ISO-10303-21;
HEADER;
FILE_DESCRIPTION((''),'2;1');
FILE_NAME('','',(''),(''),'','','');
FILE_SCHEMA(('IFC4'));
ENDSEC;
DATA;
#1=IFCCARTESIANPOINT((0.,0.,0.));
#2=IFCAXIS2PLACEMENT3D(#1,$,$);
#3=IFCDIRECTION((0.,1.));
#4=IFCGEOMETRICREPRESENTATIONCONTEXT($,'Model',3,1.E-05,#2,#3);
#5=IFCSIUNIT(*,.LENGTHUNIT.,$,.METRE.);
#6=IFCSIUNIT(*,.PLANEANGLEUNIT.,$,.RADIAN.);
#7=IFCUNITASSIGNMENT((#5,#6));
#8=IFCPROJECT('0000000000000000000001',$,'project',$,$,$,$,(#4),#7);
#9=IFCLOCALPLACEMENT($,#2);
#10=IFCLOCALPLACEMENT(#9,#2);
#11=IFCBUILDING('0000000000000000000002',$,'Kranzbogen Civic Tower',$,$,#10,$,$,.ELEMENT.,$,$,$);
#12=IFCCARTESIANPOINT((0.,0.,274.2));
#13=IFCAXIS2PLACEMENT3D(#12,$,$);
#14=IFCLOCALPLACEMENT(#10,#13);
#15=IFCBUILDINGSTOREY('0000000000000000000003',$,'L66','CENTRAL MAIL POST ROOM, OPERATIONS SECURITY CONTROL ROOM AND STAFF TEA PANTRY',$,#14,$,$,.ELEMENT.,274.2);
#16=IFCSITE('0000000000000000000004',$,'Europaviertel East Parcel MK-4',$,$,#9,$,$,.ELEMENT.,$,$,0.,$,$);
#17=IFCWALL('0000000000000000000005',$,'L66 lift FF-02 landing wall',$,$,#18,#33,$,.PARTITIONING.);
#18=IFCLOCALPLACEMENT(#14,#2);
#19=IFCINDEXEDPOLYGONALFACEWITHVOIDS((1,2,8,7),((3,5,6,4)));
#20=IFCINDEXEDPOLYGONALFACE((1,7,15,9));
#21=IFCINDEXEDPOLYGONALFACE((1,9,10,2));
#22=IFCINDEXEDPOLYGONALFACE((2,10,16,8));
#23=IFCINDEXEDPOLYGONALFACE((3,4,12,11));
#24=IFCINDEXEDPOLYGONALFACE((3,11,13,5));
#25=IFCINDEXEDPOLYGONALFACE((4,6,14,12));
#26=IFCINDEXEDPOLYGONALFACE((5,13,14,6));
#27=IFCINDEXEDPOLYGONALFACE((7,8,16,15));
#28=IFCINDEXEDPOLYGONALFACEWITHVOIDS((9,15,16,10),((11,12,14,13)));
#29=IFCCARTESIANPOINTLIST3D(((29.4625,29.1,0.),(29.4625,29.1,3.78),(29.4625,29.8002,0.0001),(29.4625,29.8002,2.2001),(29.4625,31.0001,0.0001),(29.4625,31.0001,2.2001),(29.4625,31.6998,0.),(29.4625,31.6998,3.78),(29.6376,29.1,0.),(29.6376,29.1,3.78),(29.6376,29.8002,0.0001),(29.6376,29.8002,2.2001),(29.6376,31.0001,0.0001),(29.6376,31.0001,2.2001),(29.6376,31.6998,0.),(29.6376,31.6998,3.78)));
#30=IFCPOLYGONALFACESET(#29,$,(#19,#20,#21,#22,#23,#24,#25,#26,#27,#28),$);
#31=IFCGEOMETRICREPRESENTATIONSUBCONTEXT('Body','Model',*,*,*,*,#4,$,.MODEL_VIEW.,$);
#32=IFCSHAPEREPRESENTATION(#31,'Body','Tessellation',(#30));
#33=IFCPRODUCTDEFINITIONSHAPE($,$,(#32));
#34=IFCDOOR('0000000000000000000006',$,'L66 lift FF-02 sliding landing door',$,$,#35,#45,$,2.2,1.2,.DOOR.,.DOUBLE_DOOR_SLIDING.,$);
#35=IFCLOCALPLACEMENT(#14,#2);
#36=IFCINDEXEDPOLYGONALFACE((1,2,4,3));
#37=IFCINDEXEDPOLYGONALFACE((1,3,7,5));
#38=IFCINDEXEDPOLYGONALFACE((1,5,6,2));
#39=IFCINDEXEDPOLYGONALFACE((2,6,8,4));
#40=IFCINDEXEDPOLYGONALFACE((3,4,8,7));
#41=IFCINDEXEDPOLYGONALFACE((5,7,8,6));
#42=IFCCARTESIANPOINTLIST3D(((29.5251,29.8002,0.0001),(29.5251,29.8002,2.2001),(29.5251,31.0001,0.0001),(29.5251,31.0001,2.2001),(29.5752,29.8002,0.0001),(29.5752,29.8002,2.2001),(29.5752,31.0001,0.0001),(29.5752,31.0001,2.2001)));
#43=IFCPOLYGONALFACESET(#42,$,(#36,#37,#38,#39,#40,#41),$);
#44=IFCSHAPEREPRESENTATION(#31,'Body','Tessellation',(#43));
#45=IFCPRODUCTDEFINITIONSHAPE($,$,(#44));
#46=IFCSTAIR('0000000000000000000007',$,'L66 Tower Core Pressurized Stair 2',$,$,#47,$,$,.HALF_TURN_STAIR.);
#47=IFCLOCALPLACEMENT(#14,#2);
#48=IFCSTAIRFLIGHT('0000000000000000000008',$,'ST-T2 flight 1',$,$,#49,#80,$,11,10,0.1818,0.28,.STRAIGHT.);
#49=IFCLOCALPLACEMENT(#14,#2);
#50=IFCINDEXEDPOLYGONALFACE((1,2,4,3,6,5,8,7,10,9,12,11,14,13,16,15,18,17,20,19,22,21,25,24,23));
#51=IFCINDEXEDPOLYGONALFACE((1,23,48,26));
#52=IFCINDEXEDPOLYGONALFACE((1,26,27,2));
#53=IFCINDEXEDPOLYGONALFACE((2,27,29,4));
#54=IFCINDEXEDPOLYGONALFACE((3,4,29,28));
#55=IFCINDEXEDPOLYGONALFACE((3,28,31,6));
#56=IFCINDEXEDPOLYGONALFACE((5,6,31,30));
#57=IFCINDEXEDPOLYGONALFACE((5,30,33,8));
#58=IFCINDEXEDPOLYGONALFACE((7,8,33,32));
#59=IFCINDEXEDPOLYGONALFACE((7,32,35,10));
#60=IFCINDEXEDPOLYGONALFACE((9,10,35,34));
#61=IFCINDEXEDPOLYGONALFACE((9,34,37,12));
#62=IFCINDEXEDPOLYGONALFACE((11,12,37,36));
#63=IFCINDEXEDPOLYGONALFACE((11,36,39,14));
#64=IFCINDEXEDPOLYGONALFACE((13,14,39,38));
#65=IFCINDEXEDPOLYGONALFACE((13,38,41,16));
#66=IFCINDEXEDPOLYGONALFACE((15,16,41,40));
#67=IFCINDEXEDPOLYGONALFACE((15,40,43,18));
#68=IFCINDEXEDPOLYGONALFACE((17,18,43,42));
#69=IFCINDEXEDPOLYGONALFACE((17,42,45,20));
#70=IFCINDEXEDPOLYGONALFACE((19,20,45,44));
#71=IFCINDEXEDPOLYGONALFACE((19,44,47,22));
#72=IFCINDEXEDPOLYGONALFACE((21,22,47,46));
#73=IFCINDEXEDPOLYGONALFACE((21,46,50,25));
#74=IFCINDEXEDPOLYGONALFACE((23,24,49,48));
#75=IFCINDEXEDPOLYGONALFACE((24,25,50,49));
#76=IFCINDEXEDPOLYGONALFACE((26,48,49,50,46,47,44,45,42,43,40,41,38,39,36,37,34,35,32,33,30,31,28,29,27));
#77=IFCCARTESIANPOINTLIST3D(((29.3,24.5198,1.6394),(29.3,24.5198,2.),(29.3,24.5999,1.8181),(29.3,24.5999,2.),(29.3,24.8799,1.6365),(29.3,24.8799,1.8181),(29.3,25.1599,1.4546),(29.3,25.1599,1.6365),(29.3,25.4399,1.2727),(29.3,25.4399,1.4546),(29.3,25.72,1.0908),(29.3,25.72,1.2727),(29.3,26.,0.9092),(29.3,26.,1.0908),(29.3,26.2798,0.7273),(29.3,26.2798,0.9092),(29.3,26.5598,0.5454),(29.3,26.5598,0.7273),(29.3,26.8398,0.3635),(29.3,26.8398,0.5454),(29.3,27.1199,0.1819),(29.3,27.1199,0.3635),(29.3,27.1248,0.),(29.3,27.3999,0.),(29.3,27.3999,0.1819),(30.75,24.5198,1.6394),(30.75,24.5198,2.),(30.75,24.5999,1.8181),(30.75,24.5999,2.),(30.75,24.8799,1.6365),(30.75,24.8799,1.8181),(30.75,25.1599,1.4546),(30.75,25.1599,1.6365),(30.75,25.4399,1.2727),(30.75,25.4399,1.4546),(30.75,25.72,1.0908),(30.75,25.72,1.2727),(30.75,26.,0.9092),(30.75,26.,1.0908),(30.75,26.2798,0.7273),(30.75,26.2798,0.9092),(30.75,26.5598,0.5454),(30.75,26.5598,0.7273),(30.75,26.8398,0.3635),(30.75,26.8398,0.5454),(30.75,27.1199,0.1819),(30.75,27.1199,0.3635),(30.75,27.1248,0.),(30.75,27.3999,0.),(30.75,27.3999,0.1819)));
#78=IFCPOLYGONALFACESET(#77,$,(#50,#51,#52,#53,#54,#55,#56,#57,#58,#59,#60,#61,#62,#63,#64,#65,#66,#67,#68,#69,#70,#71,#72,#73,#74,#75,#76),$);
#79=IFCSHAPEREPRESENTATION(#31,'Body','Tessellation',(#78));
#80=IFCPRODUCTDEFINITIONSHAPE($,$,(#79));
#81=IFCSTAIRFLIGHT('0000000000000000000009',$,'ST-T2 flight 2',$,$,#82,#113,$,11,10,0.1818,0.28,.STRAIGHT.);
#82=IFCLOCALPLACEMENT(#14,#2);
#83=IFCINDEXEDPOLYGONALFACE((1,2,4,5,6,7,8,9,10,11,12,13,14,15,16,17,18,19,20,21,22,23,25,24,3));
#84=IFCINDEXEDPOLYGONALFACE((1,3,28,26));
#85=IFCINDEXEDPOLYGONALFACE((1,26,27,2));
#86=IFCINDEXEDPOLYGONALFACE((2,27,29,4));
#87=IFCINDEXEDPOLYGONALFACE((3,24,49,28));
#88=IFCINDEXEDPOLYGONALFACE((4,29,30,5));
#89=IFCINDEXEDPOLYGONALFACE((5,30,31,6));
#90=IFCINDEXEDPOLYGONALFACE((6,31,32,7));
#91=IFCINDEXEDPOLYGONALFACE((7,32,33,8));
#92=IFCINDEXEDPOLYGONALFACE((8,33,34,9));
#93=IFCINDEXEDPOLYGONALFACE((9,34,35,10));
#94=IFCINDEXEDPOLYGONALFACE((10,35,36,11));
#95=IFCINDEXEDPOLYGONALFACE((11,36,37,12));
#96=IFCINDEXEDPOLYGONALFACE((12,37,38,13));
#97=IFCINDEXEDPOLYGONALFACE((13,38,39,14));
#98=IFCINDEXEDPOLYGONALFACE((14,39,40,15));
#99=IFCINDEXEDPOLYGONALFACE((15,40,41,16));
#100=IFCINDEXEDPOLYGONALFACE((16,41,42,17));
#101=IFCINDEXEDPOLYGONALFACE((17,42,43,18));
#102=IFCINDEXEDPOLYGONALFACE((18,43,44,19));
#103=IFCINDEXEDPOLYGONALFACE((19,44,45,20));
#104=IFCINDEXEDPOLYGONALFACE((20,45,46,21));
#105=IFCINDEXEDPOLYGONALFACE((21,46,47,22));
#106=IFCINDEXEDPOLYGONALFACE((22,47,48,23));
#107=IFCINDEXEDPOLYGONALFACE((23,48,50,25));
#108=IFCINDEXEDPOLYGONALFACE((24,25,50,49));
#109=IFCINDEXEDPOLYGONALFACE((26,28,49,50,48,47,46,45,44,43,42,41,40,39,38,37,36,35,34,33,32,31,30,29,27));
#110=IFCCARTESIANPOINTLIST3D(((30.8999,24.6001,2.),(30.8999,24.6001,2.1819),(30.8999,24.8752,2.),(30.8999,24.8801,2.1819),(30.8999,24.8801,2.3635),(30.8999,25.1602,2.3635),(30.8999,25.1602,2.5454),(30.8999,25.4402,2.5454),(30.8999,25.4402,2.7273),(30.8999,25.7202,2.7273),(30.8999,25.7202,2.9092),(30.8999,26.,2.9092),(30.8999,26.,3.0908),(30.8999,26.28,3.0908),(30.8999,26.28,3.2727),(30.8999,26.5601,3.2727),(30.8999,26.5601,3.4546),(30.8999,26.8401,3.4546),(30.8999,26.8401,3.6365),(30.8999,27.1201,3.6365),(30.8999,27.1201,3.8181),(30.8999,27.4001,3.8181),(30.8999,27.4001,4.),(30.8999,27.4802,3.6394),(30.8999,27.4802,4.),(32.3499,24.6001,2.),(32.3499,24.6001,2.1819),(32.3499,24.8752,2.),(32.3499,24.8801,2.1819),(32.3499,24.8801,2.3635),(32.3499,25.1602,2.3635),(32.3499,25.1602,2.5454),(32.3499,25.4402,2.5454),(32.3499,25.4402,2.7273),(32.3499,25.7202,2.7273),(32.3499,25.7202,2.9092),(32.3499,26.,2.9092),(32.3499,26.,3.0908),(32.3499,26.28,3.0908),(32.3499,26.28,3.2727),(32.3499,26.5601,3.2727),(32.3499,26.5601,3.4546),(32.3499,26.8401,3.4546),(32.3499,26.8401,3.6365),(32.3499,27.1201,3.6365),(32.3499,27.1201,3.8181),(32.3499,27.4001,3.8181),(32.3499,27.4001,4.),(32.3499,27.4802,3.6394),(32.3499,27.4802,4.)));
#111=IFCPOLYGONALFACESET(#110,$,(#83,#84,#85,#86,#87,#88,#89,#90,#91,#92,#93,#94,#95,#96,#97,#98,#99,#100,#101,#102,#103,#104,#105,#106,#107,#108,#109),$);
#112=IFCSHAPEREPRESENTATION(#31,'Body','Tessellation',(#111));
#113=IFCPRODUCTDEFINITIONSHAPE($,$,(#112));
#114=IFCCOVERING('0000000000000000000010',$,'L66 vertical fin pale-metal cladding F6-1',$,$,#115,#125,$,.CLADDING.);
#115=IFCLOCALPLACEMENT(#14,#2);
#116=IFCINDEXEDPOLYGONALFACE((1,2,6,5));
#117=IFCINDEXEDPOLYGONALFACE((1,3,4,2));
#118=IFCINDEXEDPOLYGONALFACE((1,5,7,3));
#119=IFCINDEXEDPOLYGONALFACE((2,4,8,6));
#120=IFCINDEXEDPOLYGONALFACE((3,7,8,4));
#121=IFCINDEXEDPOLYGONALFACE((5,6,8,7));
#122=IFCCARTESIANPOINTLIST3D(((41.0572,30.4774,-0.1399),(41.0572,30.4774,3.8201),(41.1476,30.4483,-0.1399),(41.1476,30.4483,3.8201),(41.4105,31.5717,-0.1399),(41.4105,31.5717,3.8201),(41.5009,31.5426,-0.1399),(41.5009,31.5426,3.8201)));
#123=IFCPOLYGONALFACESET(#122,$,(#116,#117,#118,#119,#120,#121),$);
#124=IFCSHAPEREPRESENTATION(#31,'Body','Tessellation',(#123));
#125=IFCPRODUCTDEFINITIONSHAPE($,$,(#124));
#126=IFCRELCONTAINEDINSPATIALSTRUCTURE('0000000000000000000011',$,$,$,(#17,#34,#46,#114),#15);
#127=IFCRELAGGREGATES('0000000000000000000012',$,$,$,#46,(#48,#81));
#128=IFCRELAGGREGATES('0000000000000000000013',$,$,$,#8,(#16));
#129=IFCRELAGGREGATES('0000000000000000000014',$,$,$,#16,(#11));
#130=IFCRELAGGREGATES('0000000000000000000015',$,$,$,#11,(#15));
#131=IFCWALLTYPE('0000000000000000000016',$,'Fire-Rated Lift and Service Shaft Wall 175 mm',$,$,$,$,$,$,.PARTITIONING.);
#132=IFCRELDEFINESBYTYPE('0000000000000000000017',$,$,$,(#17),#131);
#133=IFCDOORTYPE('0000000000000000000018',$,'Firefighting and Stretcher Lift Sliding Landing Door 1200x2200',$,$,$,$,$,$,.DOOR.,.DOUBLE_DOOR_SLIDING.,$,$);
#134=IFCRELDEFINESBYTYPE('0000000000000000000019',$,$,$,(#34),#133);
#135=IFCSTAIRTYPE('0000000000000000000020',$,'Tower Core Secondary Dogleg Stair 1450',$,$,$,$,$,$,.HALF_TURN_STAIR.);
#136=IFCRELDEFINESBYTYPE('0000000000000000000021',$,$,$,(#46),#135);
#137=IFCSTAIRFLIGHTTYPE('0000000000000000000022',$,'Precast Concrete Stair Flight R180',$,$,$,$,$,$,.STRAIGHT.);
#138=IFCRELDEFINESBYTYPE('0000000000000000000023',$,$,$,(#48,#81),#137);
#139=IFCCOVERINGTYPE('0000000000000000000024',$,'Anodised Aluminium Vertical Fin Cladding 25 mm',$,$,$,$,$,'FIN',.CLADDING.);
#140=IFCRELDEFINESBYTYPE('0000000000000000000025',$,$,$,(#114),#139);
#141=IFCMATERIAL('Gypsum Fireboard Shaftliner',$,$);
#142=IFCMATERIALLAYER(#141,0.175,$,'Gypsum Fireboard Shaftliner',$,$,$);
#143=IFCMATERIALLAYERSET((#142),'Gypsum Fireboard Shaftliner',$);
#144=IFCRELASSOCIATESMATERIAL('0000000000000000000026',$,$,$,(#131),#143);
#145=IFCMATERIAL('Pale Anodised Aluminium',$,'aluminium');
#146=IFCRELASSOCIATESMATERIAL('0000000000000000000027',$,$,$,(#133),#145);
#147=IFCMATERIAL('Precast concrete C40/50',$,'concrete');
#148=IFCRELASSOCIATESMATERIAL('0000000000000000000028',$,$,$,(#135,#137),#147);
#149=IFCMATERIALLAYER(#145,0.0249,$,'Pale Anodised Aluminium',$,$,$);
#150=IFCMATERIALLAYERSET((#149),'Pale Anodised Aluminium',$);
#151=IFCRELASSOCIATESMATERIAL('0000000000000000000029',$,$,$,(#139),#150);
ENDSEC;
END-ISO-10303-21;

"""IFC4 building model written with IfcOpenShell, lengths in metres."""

from ifc_helpers import new_model, si_unit, direction, frame, frame_2d, origin, origin_2d, place, context, subcontext, project, spatial, polyline, rectangle, outline, extrude, material, layer, layer_set, type_object, element, fill, aggregate, save


model = new_model("IFC4")

# Units and contexts
model_context = context("Model", 3, precision=1e-05, world=origin(), true_north=direction((0.0, 1.0)))
body_context = subcontext(model_context, "Body", "Model", "MODEL_VIEW")
ifc_project = project(units=[si_unit("LENGTHUNIT", "METRE"), si_unit("PLANEANGLEUNIT", "RADIAN")], contexts=[model_context])

# Site, building, storey
site_placement = place(None, origin())
site = spatial("IfcSite", under=ifc_project, at=site_placement, Name="Europaviertel East Parcel MK-4", CompositionType="ELEMENT", RefElevation=0.0)
building_placement = place(site_placement, origin())
building = spatial("IfcBuilding", under=site, at=building_placement, Name="Kranzbogen Civic Tower", CompositionType="ELEMENT")
storey_placement = place(building_placement, frame((0.0, 0.0, 274.2)))
storey = spatial("IfcBuildingStorey", under=building, at=storey_placement, Name="L66", Description="CENTRAL MAIL POST ROOM, OPERATIONS SECURITY CONTROL ROOM AND STAFF TEA PANTRY", CompositionType="ELEMENT", Elevation=274.2)

# Shared definitions
ifc_material_1 = material(Name="Pale Anodised Aluminium", Category="aluminium")

# Shared definitions
ifc_material_2 = material(Name="Gypsum Fireboard Shaftliner")
ifc_layer_1 = layer(ifc_material_2, 0.175, Name="Gypsum Fireboard Shaftliner")
ifc_layer_set_1 = layer_set([ifc_layer_1], Name="Gypsum Fireboard Shaftliner")
wall_type_1 = type_object("IfcWallType", Name="Fire-Rated Lift and Service Shaft Wall 175 mm", PredefinedType="PARTITIONING", material=ifc_layer_set_1)

# Wall, opening, door
wall_1_placement = place(storey_placement, frame((29.55, 29.1001, 0.0), z_axis=(0.0, 0.0, 1.0), x_axis=(0.0, 1.0, 0.0)))
wall_1 = element("IfcWall", 1, at=wall_1_placement, inside=storey, type_object=wall_type_1, Name="L66 lift FF-02 landing wall", PredefinedType="PARTITIONING", context=body_context, shape_type="SweptSolid", body=[
    extrude(rectangle(XDim=2.5999, YDim=0.175, at=frame_2d((1.2998, 0.0))), origin(), (0.0, 0.0, 1.0), 3.78),
])
opening_1_placement = place(wall_1_placement, frame((0.7, 0.0, 0.0)))
opening_1 = element("IfcOpeningElement", 2, at=opening_1_placement, cuts=wall_1, PredefinedType="OPENING", context=body_context, shape_type="SweptSolid", body=[
    extrude(rectangle(XDim=1.2, YDim=2.2, at=frame_2d((0.6001, 1.1001))), frame((0.0, 0.0977, 0.0), z_axis=(0.0, -1.0, 0.0), x_axis=(1.0, 0.0, 0.0)), (0.0, 0.0, 1.0), 0.1951),
])
door_type_1 = type_object("IfcDoorType", Name="Firefighting and Stretcher Lift Sliding Landing Door 1200x2200", OperationType="DOUBLE_DOOR_SLIDING", PredefinedType="DOOR", material=ifc_material_1)
door_1_placement = place(opening_1_placement, origin())
door_1 = element("IfcDoor", 3, at=door_1_placement, inside=storey, type_object=door_type_1, Name="L66 lift FF-02 sliding landing door", OperationType="DOUBLE_DOOR_SLIDING", OverallHeight=2.2, OverallWidth=1.2, PredefinedType="DOOR", context=body_context, shape_type="SweptSolid", body=[
    extrude(rectangle(XDim=1.2, YDim=2.2, at=frame_2d((0.6001, 1.1001))), frame((0.0, 0.0249, 0.0), z_axis=(0.0, -1.0, 0.0), x_axis=(1.0, 0.0, 0.0)), (0.0, 0.0, 1.0), 0.05),
])
fill(opening_1, door_1)

# Stair, stair flights
ifc_material_3 = material(Name="Precast concrete C40/50", Category="concrete")
stair_type = type_object("IfcStairType", Name="Tower Core Secondary Dogleg Stair 1450", PredefinedType="HALF_TURN_STAIR", material=ifc_material_3)
stair_placement = place(storey_placement, origin())
stair = element("IfcStair", 4, at=stair_placement, inside=storey, type_object=stair_type, Name="L66 Tower Core Pressurized Stair 2", PredefinedType="HALF_TURN_STAIR")
stair_flight_type = type_object("IfcStairFlightType", Name="Precast Concrete Stair Flight R180", PredefinedType="STRAIGHT", material=ifc_material_3)
stair_flight_1_placement = place(storey_placement, frame((30.0249, 27.3999, 0.0), z_axis=(0.0, 0.0, 1.0), x_axis=(0.0, -1.0, 0.0)))
stair_flight_1 = element("IfcStairFlight", 5, at=stair_flight_1_placement, type_object=stair_flight_type, Name="ST-T2 flight 1", NumberOfRisers=11, NumberOfTreads=10, PredefinedType="STRAIGHT", RiserHeight=0.1818, TreadLength=0.28, context=body_context, shape_type="SweptSolid", body=[
    extrude(outline(polyline([(0.0, 0.0), (0.0, 0.1819), (0.28, 0.1819), (0.28, 0.3635), (0.5601, 0.3635), (0.5601, 0.5454), (0.8401, 0.5454), (0.8401, 0.7273), (1.1201, 0.7273), (1.1201, 0.9092), (1.3999, 0.9092), (1.3999, 1.0908), (1.6799, 1.0908), (1.6799, 1.2727), (1.96, 1.2727), (1.96, 1.4546), (2.24, 1.4546), (2.24, 1.6365), (2.52, 1.6365), (2.52, 1.8181), (2.8, 1.8181), (2.8, 2.0), (2.8801, 2.0), (2.8801, 1.6394), (0.2751, 0.0), (0.0, 0.0)])), frame((0.0, 0.7251, 0.0), z_axis=(0.0, -1.0, 0.0), x_axis=(1.0, 0.0, 0.0)), (0.0, 0.0, 1.0), 1.45),
])
stair_flight_2_placement = place(storey_placement, frame((31.625, 24.6001, 2.0), z_axis=(0.0, 0.0, 1.0), x_axis=(0.0, 1.0, 0.0)))
stair_flight_2 = element("IfcStairFlight", 6, at=stair_flight_2_placement, type_object=stair_flight_type, Name="ST-T2 flight 2", NumberOfRisers=11, NumberOfTreads=10, PredefinedType="STRAIGHT", RiserHeight=0.1818, TreadLength=0.28, context=body_context, shape_type="SweptSolid", body=[
    extrude(outline(polyline([(0.0, 0.0), (0.0, 0.1819), (0.28, 0.1819), (0.28, 0.3635), (0.5601, 0.3635), (0.5601, 0.5454), (0.8401, 0.5454), (0.8401, 0.7273), (1.1201, 0.7273), (1.1201, 0.9092), (1.3999, 0.9092), (1.3999, 1.0908), (1.6799, 1.0908), (1.6799, 1.2727), (1.96, 1.2727), (1.96, 1.4546), (2.24, 1.4546), (2.24, 1.6365), (2.52, 1.6365), (2.52, 1.8181), (2.8, 1.8181), (2.8, 2.0), (2.8801, 2.0), (2.8801, 1.6394), (0.2751, 0.0), (0.0, 0.0)])), frame((0.0, 0.7251, 0.0), z_axis=(0.0, -1.0, 0.0), x_axis=(1.0, 0.0, 0.0)), (0.0, 0.0, 1.0), 1.45),
])
aggregate(stair, [stair_flight_1, stair_flight_2])

# Covering
ifc_layer_2 = layer(ifc_material_1, 0.0249, Name="Pale Anodised Aluminium")
ifc_layer_set_2 = layer_set([ifc_layer_2], Name="Pale Anodised Aluminium")
covering_type = type_object("IfcCoveringType", Name="Anodised Aluminium Vertical Fin Cladding 25 mm", ElementType="FIN", PredefinedType="CLADDING", material=ifc_layer_set_2)
covering_placement = place(storey_placement, frame((41.2791, 31.01, -0.1399), z_axis=(0.0, 0.0, 1.0), x_axis=(0.307191, 0.951648, 0.0)))
element("IfcCovering", 7, at=covering_placement, inside=storey, type_object=covering_type, Name="L66 vertical fin pale-metal cladding F6-1", PredefinedType="CLADDING", context=body_context, shape_type="SweptSolid", body=[
    extrude(rectangle(XDim=1.1499, YDim=0.095, at=origin_2d()), origin(), (0.0, 0.0, 1.0), 3.96),
])

save(model, "model.ifc")
